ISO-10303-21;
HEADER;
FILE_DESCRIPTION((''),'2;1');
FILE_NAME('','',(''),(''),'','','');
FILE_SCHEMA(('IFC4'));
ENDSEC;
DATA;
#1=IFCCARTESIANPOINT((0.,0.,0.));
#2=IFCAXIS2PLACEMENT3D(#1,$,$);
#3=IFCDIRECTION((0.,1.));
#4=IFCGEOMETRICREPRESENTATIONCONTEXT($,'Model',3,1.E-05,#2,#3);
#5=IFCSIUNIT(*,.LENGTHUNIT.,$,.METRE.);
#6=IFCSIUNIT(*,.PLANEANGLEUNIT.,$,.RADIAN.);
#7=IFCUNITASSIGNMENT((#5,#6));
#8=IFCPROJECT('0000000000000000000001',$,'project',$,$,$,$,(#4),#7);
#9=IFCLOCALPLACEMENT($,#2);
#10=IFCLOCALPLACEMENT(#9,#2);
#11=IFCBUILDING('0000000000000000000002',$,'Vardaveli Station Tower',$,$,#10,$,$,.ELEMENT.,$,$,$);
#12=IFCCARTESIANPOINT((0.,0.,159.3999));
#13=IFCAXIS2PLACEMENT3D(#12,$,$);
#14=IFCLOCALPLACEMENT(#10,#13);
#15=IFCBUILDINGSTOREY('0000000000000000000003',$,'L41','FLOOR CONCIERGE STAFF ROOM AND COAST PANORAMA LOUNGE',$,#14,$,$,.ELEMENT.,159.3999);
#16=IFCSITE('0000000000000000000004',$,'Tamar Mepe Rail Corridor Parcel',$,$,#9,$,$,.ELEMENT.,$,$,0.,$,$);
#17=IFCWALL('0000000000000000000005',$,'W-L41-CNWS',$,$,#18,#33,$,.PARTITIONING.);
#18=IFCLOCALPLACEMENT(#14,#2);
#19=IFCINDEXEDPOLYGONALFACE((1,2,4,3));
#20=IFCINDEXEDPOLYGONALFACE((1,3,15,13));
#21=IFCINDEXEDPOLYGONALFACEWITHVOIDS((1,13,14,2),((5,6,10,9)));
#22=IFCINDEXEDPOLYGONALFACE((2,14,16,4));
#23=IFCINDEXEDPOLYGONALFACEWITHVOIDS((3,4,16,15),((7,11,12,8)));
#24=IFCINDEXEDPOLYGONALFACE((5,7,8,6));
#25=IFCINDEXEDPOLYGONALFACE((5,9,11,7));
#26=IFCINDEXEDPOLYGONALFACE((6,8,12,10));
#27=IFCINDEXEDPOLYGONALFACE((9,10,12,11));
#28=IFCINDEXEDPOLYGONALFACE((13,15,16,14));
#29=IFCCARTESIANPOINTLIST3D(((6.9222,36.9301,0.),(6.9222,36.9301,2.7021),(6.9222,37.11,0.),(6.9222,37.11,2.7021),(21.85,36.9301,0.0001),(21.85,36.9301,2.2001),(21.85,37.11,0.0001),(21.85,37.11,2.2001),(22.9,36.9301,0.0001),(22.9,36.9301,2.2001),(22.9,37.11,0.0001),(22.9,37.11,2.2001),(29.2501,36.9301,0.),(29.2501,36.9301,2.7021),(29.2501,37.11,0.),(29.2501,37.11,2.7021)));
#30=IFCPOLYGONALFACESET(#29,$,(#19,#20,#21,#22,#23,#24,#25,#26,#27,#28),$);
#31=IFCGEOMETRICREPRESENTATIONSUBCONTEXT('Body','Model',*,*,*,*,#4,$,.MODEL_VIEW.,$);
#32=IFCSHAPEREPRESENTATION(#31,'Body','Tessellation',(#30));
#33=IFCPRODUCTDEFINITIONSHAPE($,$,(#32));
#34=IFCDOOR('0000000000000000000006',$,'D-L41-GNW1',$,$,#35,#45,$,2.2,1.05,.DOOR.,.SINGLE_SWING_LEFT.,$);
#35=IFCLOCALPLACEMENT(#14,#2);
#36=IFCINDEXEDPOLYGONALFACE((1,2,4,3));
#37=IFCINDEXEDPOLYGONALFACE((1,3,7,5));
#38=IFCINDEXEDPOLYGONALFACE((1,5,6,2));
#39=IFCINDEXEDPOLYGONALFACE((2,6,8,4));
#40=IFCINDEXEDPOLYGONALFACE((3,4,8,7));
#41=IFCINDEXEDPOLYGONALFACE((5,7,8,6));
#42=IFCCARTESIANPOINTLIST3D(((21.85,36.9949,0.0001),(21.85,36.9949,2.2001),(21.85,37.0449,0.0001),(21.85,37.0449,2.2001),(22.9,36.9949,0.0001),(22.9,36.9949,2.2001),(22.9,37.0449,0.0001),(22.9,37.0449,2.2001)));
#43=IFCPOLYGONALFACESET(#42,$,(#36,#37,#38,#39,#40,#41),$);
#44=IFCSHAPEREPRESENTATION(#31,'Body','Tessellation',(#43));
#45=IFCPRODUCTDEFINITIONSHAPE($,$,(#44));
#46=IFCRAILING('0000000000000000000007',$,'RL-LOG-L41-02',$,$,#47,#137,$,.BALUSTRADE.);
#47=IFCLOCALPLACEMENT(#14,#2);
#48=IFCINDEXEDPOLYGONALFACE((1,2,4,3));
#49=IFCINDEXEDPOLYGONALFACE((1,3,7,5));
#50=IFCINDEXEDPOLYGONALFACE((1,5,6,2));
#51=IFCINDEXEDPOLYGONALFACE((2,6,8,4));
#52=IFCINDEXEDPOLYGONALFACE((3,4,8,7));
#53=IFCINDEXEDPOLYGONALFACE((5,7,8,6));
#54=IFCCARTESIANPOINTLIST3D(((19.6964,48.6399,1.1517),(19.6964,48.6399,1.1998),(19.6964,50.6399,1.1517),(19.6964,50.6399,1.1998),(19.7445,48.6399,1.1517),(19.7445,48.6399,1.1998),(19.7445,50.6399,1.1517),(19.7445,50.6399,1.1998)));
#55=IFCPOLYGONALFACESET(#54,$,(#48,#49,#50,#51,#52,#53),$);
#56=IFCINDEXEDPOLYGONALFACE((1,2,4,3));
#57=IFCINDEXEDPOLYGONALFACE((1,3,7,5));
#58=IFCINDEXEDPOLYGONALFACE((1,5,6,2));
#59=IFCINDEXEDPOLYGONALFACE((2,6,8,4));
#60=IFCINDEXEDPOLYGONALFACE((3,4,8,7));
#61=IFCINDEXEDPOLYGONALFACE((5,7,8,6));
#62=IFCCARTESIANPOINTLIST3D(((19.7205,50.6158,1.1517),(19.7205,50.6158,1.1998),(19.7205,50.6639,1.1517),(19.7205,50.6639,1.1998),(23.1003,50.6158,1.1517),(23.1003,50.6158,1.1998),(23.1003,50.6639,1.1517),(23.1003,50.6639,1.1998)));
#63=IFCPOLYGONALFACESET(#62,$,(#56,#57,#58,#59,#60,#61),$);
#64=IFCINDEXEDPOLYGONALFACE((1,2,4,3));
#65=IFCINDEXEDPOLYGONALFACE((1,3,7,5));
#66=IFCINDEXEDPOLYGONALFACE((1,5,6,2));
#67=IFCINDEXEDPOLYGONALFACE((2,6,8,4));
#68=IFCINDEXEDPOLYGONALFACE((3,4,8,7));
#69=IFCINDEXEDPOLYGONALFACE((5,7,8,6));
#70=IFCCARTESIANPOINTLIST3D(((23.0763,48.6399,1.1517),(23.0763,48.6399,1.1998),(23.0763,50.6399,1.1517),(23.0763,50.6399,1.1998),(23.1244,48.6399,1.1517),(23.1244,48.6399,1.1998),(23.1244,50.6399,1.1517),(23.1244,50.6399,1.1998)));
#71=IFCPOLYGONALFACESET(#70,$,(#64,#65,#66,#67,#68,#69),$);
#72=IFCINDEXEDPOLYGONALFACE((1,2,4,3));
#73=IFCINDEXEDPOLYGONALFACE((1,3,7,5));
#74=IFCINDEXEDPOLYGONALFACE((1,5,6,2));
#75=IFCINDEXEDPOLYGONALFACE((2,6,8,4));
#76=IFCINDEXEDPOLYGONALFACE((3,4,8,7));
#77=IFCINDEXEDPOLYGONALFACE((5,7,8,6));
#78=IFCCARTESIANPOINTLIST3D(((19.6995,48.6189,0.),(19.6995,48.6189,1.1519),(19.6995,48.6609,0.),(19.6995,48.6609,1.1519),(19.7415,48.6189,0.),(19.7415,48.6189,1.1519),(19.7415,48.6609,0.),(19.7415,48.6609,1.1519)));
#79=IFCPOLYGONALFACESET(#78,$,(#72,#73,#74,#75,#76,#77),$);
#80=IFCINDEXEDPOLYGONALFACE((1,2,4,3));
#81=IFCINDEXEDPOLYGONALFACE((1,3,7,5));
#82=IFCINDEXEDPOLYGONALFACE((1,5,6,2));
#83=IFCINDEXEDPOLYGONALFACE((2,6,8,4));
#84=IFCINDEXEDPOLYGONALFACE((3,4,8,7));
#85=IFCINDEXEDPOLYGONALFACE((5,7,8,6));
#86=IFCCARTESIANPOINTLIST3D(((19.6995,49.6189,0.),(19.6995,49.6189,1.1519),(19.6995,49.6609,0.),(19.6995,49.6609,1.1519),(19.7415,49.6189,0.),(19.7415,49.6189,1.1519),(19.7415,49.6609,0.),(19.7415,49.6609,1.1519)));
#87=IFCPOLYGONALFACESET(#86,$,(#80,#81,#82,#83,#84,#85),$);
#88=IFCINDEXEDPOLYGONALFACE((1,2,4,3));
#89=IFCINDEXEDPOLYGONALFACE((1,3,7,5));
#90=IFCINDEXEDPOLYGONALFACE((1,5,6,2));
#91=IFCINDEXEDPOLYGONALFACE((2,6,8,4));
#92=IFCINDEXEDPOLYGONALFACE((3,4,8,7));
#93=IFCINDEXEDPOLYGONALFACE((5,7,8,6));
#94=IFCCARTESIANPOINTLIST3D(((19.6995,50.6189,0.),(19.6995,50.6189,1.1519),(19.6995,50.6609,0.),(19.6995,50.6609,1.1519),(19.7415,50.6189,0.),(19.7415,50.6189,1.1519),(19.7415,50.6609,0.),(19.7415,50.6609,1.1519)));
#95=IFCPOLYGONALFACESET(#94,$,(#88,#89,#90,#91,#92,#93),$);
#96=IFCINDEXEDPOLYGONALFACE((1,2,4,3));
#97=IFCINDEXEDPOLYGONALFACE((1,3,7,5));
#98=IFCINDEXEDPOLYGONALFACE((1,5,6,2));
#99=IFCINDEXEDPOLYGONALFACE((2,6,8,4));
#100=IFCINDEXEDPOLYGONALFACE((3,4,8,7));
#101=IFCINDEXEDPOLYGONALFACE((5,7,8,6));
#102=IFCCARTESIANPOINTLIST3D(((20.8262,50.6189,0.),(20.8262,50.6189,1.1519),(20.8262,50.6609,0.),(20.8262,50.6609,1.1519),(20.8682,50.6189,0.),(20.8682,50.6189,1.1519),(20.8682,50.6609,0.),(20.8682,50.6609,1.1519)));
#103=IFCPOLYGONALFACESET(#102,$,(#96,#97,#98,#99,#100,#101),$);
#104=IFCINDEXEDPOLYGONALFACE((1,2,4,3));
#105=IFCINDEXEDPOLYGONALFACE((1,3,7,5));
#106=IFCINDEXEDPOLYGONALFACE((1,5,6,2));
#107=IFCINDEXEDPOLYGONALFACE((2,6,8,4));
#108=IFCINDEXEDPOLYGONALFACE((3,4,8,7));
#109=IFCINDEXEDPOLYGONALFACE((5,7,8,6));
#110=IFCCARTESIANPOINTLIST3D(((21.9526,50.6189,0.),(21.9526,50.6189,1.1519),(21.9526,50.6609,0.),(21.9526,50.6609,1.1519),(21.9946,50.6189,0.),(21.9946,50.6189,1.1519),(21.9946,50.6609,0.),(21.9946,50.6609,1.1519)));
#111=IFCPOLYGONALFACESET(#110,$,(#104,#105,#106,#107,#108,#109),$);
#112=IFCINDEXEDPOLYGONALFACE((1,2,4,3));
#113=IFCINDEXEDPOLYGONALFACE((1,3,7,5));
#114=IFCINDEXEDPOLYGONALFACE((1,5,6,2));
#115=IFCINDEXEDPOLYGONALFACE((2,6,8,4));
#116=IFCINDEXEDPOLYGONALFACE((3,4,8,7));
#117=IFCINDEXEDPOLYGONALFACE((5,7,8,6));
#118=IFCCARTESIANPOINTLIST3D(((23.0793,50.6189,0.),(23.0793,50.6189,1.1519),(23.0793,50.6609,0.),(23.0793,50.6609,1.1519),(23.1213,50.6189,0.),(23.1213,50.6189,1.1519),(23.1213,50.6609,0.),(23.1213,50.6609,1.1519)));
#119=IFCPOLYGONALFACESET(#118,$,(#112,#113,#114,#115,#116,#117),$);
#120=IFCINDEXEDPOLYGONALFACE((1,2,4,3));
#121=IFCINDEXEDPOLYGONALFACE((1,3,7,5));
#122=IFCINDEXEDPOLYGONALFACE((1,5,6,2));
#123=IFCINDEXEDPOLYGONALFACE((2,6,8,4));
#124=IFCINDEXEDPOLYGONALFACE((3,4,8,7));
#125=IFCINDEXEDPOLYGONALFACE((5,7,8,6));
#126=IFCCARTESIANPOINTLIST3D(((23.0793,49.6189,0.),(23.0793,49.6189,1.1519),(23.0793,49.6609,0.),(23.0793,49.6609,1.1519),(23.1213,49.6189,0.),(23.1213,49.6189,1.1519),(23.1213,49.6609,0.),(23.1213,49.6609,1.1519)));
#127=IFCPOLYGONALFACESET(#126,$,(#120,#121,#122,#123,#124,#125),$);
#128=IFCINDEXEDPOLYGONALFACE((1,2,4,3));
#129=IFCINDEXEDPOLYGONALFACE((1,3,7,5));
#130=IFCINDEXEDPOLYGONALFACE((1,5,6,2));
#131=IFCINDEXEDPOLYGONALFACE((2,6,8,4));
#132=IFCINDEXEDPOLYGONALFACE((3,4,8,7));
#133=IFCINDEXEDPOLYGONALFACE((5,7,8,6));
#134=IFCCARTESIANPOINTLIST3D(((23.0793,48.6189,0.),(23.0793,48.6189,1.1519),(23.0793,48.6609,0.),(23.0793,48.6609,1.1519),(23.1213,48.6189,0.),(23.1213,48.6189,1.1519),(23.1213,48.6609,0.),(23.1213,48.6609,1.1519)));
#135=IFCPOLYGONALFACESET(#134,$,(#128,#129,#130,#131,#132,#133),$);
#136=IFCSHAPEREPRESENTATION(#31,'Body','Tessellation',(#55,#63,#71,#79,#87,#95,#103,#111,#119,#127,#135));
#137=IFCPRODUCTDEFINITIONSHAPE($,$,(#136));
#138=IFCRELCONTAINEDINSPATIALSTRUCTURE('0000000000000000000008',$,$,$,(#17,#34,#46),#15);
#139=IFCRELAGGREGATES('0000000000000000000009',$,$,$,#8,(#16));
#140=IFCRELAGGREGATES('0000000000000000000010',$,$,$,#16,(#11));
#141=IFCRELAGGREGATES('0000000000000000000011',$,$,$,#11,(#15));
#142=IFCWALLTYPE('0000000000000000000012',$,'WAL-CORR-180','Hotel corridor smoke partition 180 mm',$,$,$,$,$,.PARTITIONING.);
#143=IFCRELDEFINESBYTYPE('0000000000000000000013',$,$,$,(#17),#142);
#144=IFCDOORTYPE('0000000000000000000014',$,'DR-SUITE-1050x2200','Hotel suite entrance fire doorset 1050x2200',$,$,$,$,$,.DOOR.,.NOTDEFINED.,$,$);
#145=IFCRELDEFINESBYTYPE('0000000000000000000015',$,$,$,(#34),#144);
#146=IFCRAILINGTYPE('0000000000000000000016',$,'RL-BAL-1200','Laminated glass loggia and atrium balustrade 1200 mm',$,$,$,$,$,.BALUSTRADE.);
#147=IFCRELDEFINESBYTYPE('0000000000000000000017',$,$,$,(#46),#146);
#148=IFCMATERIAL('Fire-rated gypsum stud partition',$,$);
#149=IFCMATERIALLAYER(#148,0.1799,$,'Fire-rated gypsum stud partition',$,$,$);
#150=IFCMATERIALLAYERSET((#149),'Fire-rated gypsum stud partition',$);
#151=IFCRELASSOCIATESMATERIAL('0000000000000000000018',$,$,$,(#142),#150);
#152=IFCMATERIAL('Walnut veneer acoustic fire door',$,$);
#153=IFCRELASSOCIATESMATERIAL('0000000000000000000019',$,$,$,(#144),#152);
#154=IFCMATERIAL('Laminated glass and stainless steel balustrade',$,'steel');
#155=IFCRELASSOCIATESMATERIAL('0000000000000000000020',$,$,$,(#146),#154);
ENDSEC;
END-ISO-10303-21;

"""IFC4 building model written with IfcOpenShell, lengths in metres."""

from ifc_helpers import new_model, si_unit, direction, frame, frame_2d, origin, origin_2d, place, context, subcontext, project, spatial, rectangle, extrude, source, transform, mapped, material, layer, layer_set, type_object, element, fill, save


model = new_model("IFC4")

# Units and contexts
model_context = context("Model", 3, precision=1e-05, world=origin(), true_north=direction((0.0, 1.0)))
body_context = subcontext(model_context, "Body", "Model", "MODEL_VIEW")
ifc_project = project(units=[si_unit("LENGTHUNIT", "METRE"), si_unit("PLANEANGLEUNIT", "RADIAN")], contexts=[model_context])

# Site, building, storey
site_placement = place(None, origin())
site = spatial("IfcSite", under=ifc_project, at=site_placement, Name="Tamar Mepe Rail Corridor Parcel", CompositionType="ELEMENT", RefElevation=0.0)
building_placement = place(site_placement, origin())
building = spatial("IfcBuilding", under=site, at=building_placement, Name="Vardaveli Station Tower", CompositionType="ELEMENT")
storey_placement = place(building_placement, frame((0.0, 0.0, 159.3999)))
storey = spatial("IfcBuildingStorey", under=building, at=storey_placement, Name="L41", Description="FLOOR CONCIERGE STAFF ROOM AND COAST PANORAMA LOUNGE", CompositionType="ELEMENT", Elevation=159.3999)

# Wall, opening, door
ifc_material_1 = material(Name="Fire-rated gypsum stud partition")
ifc_layer_1 = layer(ifc_material_1, 0.1799, Name="Fire-rated gypsum stud partition")
ifc_layer_set_1 = layer_set([ifc_layer_1], Name="Fire-rated gypsum stud partition")
wall_type_1 = type_object("IfcWallType", Name="WAL-CORR-180", Description="Hotel corridor smoke partition 180 mm", PredefinedType="PARTITIONING", material=ifc_layer_set_1)
shared_shape_1 = source(origin(), body_context, "Body", "SweptSolid", [
    extrude(rectangle(XDim=22.3279, YDim=0.1799, at=frame_2d((11.1641, 0.0))), origin(), (0.0, 0.0, 1.0), 2.7021),
])
wall_1_placement = place(storey_placement, frame((6.9221, 37.02, 0.0), z_axis=(0.0, 0.0, 1.0), x_axis=(1.0, 0.0, 0.0)))
wall_1 = element("IfcWall", 1, at=wall_1_placement, inside=storey, type_object=wall_type_1, Name="W-L41-CNWS", PredefinedType="PARTITIONING", context=body_context, shape_type="MappedRepresentation", body=[
    mapped(shared_shape_1, transform((0.0, 0.0, 0.0), scale=1.0)),
])
shared_shape_2 = source(origin(), body_context, "Body", "SweptSolid", [
    extrude(rectangle(XDim=1.05, YDim=2.2, at=frame_2d((0.5249, 1.1001))), frame((0.0, 0.1001, 0.0), z_axis=(0.0, -1.0, 0.0), x_axis=(1.0, 0.0, 0.0)), (0.0, 0.0, 1.0), 0.2),
])
opening_1_placement = place(wall_1_placement, frame((14.928, 0.0, 0.0)))
opening_1 = element("IfcOpeningElement", 2, at=opening_1_placement, cuts=wall_1, PredefinedType="OPENING", context=body_context, shape_type="MappedRepresentation", body=[
    mapped(shared_shape_2, transform((0.0, 0.0, 0.0), scale=1.0)),
])
ifc_material_2 = material(Name="Walnut veneer acoustic fire door")
door_type_1 = type_object("IfcDoorType", Name="DR-SUITE-1050x2200", Description="Hotel suite entrance fire doorset 1050x2200", OperationType="NOTDEFINED", PredefinedType="DOOR", material=ifc_material_2)
shared_shape_3 = source(origin(), body_context, "Body", "SweptSolid", [
    extrude(rectangle(XDim=1.05, YDim=2.2, at=frame_2d((0.5249, 1.1001))), frame((0.0, 0.0249, 0.0), z_axis=(0.0, -1.0, 0.0), x_axis=(1.0, 0.0, 0.0)), (0.0, 0.0, 1.0), 0.05),
])
door_1_placement = place(opening_1_placement, origin())
door_1 = element("IfcDoor", 3, at=door_1_placement, inside=storey, type_object=door_type_1, Name="D-L41-GNW1", OperationType="SINGLE_SWING_LEFT", OverallHeight=2.2, OverallWidth=1.05, PredefinedType="DOOR", context=body_context, shape_type="MappedRepresentation", body=[
    mapped(shared_shape_3, transform((0.0, 0.0, 0.0), scale=1.0)),
])
fill(opening_1, door_1)

# Railing
ifc_material_3 = material(Name="Laminated glass and stainless steel balustrade", Category="steel")
railing_type = type_object("IfcRailingType", Name="RL-BAL-1200", Description="Laminated glass loggia and atrium balustrade 1200 mm", PredefinedType="BALUSTRADE", material=ifc_material_3)
shared_shape_4 = source(origin(), body_context, "Body", "SweptSolid", [
    extrude(rectangle(XDim=0.0481, YDim=0.0481, at=origin_2d()), frame((0.0, 0.0, 1.1758), z_axis=(0.0, 1.0, 0.0), x_axis=(-1.0, 0.0, 0.0)), (0.0, 0.0, 1.0), 2.0),
    extrude(rectangle(XDim=0.0481, YDim=0.0481, at=origin_2d()), frame((0.0, 2.0, 1.1758), z_axis=(1.0, 0.0, 0.0), x_axis=(0.0, 1.0, 0.0)), (0.0, 0.0, 1.0), 3.3799),
    extrude(rectangle(XDim=0.0481, YDim=0.0481, at=origin_2d()), frame((3.3799, 2.0, 1.1758), z_axis=(0.0, -1.0, 0.0), x_axis=(1.0, 0.0, 0.0)), (0.0, 0.0, 1.0), 2.0),
    extrude(rectangle(XDim=0.042, YDim=0.042, at=origin_2d()), origin(), (0.0, 0.0, 1.0), 1.1519),
    extrude(rectangle(XDim=0.042, YDim=0.042, at=origin_2d()), frame((0.0, 1.0, 0.0)), (0.0, 0.0, 1.0), 1.1519),
    extrude(rectangle(XDim=0.042, YDim=0.042, at=origin_2d()), frame((0.0, 2.0, 0.0)), (0.0, 0.0, 1.0), 1.1519),
    extrude(rectangle(XDim=0.042, YDim=0.042, at=origin_2d()), frame((1.1267, 2.0, 0.0)), (0.0, 0.0, 1.0), 1.1519),
    extrude(rectangle(XDim=0.042, YDim=0.042, at=origin_2d()), frame((2.2532, 2.0, 0.0)), (0.0, 0.0, 1.0), 1.1519),
    extrude(rectangle(XDim=0.042, YDim=0.042, at=origin_2d()), frame((3.3799, 2.0, 0.0)), (0.0, 0.0, 1.0), 1.1519),
    extrude(rectangle(XDim=0.042, YDim=0.042, at=origin_2d()), frame((3.3799, 1.0, 0.0)), (0.0, 0.0, 1.0), 1.1519),
    extrude(rectangle(XDim=0.042, YDim=0.042, at=origin_2d()), frame((3.3799, 0.0, 0.0)), (0.0, 0.0, 1.0), 1.1519),
])
railing_placement = place(storey_placement, frame((19.7205, 48.6399, 0.0)))
element("IfcRailing", 4, at=railing_placement, inside=storey, type_object=railing_type, Name="RL-LOG-L41-02", PredefinedType="BALUSTRADE", context=body_context, shape_type="MappedRepresentation", body=[
    mapped(shared_shape_4, transform((0.0, 0.0, 0.0), scale=1.0)),
])

save(model, "model.ifc")
